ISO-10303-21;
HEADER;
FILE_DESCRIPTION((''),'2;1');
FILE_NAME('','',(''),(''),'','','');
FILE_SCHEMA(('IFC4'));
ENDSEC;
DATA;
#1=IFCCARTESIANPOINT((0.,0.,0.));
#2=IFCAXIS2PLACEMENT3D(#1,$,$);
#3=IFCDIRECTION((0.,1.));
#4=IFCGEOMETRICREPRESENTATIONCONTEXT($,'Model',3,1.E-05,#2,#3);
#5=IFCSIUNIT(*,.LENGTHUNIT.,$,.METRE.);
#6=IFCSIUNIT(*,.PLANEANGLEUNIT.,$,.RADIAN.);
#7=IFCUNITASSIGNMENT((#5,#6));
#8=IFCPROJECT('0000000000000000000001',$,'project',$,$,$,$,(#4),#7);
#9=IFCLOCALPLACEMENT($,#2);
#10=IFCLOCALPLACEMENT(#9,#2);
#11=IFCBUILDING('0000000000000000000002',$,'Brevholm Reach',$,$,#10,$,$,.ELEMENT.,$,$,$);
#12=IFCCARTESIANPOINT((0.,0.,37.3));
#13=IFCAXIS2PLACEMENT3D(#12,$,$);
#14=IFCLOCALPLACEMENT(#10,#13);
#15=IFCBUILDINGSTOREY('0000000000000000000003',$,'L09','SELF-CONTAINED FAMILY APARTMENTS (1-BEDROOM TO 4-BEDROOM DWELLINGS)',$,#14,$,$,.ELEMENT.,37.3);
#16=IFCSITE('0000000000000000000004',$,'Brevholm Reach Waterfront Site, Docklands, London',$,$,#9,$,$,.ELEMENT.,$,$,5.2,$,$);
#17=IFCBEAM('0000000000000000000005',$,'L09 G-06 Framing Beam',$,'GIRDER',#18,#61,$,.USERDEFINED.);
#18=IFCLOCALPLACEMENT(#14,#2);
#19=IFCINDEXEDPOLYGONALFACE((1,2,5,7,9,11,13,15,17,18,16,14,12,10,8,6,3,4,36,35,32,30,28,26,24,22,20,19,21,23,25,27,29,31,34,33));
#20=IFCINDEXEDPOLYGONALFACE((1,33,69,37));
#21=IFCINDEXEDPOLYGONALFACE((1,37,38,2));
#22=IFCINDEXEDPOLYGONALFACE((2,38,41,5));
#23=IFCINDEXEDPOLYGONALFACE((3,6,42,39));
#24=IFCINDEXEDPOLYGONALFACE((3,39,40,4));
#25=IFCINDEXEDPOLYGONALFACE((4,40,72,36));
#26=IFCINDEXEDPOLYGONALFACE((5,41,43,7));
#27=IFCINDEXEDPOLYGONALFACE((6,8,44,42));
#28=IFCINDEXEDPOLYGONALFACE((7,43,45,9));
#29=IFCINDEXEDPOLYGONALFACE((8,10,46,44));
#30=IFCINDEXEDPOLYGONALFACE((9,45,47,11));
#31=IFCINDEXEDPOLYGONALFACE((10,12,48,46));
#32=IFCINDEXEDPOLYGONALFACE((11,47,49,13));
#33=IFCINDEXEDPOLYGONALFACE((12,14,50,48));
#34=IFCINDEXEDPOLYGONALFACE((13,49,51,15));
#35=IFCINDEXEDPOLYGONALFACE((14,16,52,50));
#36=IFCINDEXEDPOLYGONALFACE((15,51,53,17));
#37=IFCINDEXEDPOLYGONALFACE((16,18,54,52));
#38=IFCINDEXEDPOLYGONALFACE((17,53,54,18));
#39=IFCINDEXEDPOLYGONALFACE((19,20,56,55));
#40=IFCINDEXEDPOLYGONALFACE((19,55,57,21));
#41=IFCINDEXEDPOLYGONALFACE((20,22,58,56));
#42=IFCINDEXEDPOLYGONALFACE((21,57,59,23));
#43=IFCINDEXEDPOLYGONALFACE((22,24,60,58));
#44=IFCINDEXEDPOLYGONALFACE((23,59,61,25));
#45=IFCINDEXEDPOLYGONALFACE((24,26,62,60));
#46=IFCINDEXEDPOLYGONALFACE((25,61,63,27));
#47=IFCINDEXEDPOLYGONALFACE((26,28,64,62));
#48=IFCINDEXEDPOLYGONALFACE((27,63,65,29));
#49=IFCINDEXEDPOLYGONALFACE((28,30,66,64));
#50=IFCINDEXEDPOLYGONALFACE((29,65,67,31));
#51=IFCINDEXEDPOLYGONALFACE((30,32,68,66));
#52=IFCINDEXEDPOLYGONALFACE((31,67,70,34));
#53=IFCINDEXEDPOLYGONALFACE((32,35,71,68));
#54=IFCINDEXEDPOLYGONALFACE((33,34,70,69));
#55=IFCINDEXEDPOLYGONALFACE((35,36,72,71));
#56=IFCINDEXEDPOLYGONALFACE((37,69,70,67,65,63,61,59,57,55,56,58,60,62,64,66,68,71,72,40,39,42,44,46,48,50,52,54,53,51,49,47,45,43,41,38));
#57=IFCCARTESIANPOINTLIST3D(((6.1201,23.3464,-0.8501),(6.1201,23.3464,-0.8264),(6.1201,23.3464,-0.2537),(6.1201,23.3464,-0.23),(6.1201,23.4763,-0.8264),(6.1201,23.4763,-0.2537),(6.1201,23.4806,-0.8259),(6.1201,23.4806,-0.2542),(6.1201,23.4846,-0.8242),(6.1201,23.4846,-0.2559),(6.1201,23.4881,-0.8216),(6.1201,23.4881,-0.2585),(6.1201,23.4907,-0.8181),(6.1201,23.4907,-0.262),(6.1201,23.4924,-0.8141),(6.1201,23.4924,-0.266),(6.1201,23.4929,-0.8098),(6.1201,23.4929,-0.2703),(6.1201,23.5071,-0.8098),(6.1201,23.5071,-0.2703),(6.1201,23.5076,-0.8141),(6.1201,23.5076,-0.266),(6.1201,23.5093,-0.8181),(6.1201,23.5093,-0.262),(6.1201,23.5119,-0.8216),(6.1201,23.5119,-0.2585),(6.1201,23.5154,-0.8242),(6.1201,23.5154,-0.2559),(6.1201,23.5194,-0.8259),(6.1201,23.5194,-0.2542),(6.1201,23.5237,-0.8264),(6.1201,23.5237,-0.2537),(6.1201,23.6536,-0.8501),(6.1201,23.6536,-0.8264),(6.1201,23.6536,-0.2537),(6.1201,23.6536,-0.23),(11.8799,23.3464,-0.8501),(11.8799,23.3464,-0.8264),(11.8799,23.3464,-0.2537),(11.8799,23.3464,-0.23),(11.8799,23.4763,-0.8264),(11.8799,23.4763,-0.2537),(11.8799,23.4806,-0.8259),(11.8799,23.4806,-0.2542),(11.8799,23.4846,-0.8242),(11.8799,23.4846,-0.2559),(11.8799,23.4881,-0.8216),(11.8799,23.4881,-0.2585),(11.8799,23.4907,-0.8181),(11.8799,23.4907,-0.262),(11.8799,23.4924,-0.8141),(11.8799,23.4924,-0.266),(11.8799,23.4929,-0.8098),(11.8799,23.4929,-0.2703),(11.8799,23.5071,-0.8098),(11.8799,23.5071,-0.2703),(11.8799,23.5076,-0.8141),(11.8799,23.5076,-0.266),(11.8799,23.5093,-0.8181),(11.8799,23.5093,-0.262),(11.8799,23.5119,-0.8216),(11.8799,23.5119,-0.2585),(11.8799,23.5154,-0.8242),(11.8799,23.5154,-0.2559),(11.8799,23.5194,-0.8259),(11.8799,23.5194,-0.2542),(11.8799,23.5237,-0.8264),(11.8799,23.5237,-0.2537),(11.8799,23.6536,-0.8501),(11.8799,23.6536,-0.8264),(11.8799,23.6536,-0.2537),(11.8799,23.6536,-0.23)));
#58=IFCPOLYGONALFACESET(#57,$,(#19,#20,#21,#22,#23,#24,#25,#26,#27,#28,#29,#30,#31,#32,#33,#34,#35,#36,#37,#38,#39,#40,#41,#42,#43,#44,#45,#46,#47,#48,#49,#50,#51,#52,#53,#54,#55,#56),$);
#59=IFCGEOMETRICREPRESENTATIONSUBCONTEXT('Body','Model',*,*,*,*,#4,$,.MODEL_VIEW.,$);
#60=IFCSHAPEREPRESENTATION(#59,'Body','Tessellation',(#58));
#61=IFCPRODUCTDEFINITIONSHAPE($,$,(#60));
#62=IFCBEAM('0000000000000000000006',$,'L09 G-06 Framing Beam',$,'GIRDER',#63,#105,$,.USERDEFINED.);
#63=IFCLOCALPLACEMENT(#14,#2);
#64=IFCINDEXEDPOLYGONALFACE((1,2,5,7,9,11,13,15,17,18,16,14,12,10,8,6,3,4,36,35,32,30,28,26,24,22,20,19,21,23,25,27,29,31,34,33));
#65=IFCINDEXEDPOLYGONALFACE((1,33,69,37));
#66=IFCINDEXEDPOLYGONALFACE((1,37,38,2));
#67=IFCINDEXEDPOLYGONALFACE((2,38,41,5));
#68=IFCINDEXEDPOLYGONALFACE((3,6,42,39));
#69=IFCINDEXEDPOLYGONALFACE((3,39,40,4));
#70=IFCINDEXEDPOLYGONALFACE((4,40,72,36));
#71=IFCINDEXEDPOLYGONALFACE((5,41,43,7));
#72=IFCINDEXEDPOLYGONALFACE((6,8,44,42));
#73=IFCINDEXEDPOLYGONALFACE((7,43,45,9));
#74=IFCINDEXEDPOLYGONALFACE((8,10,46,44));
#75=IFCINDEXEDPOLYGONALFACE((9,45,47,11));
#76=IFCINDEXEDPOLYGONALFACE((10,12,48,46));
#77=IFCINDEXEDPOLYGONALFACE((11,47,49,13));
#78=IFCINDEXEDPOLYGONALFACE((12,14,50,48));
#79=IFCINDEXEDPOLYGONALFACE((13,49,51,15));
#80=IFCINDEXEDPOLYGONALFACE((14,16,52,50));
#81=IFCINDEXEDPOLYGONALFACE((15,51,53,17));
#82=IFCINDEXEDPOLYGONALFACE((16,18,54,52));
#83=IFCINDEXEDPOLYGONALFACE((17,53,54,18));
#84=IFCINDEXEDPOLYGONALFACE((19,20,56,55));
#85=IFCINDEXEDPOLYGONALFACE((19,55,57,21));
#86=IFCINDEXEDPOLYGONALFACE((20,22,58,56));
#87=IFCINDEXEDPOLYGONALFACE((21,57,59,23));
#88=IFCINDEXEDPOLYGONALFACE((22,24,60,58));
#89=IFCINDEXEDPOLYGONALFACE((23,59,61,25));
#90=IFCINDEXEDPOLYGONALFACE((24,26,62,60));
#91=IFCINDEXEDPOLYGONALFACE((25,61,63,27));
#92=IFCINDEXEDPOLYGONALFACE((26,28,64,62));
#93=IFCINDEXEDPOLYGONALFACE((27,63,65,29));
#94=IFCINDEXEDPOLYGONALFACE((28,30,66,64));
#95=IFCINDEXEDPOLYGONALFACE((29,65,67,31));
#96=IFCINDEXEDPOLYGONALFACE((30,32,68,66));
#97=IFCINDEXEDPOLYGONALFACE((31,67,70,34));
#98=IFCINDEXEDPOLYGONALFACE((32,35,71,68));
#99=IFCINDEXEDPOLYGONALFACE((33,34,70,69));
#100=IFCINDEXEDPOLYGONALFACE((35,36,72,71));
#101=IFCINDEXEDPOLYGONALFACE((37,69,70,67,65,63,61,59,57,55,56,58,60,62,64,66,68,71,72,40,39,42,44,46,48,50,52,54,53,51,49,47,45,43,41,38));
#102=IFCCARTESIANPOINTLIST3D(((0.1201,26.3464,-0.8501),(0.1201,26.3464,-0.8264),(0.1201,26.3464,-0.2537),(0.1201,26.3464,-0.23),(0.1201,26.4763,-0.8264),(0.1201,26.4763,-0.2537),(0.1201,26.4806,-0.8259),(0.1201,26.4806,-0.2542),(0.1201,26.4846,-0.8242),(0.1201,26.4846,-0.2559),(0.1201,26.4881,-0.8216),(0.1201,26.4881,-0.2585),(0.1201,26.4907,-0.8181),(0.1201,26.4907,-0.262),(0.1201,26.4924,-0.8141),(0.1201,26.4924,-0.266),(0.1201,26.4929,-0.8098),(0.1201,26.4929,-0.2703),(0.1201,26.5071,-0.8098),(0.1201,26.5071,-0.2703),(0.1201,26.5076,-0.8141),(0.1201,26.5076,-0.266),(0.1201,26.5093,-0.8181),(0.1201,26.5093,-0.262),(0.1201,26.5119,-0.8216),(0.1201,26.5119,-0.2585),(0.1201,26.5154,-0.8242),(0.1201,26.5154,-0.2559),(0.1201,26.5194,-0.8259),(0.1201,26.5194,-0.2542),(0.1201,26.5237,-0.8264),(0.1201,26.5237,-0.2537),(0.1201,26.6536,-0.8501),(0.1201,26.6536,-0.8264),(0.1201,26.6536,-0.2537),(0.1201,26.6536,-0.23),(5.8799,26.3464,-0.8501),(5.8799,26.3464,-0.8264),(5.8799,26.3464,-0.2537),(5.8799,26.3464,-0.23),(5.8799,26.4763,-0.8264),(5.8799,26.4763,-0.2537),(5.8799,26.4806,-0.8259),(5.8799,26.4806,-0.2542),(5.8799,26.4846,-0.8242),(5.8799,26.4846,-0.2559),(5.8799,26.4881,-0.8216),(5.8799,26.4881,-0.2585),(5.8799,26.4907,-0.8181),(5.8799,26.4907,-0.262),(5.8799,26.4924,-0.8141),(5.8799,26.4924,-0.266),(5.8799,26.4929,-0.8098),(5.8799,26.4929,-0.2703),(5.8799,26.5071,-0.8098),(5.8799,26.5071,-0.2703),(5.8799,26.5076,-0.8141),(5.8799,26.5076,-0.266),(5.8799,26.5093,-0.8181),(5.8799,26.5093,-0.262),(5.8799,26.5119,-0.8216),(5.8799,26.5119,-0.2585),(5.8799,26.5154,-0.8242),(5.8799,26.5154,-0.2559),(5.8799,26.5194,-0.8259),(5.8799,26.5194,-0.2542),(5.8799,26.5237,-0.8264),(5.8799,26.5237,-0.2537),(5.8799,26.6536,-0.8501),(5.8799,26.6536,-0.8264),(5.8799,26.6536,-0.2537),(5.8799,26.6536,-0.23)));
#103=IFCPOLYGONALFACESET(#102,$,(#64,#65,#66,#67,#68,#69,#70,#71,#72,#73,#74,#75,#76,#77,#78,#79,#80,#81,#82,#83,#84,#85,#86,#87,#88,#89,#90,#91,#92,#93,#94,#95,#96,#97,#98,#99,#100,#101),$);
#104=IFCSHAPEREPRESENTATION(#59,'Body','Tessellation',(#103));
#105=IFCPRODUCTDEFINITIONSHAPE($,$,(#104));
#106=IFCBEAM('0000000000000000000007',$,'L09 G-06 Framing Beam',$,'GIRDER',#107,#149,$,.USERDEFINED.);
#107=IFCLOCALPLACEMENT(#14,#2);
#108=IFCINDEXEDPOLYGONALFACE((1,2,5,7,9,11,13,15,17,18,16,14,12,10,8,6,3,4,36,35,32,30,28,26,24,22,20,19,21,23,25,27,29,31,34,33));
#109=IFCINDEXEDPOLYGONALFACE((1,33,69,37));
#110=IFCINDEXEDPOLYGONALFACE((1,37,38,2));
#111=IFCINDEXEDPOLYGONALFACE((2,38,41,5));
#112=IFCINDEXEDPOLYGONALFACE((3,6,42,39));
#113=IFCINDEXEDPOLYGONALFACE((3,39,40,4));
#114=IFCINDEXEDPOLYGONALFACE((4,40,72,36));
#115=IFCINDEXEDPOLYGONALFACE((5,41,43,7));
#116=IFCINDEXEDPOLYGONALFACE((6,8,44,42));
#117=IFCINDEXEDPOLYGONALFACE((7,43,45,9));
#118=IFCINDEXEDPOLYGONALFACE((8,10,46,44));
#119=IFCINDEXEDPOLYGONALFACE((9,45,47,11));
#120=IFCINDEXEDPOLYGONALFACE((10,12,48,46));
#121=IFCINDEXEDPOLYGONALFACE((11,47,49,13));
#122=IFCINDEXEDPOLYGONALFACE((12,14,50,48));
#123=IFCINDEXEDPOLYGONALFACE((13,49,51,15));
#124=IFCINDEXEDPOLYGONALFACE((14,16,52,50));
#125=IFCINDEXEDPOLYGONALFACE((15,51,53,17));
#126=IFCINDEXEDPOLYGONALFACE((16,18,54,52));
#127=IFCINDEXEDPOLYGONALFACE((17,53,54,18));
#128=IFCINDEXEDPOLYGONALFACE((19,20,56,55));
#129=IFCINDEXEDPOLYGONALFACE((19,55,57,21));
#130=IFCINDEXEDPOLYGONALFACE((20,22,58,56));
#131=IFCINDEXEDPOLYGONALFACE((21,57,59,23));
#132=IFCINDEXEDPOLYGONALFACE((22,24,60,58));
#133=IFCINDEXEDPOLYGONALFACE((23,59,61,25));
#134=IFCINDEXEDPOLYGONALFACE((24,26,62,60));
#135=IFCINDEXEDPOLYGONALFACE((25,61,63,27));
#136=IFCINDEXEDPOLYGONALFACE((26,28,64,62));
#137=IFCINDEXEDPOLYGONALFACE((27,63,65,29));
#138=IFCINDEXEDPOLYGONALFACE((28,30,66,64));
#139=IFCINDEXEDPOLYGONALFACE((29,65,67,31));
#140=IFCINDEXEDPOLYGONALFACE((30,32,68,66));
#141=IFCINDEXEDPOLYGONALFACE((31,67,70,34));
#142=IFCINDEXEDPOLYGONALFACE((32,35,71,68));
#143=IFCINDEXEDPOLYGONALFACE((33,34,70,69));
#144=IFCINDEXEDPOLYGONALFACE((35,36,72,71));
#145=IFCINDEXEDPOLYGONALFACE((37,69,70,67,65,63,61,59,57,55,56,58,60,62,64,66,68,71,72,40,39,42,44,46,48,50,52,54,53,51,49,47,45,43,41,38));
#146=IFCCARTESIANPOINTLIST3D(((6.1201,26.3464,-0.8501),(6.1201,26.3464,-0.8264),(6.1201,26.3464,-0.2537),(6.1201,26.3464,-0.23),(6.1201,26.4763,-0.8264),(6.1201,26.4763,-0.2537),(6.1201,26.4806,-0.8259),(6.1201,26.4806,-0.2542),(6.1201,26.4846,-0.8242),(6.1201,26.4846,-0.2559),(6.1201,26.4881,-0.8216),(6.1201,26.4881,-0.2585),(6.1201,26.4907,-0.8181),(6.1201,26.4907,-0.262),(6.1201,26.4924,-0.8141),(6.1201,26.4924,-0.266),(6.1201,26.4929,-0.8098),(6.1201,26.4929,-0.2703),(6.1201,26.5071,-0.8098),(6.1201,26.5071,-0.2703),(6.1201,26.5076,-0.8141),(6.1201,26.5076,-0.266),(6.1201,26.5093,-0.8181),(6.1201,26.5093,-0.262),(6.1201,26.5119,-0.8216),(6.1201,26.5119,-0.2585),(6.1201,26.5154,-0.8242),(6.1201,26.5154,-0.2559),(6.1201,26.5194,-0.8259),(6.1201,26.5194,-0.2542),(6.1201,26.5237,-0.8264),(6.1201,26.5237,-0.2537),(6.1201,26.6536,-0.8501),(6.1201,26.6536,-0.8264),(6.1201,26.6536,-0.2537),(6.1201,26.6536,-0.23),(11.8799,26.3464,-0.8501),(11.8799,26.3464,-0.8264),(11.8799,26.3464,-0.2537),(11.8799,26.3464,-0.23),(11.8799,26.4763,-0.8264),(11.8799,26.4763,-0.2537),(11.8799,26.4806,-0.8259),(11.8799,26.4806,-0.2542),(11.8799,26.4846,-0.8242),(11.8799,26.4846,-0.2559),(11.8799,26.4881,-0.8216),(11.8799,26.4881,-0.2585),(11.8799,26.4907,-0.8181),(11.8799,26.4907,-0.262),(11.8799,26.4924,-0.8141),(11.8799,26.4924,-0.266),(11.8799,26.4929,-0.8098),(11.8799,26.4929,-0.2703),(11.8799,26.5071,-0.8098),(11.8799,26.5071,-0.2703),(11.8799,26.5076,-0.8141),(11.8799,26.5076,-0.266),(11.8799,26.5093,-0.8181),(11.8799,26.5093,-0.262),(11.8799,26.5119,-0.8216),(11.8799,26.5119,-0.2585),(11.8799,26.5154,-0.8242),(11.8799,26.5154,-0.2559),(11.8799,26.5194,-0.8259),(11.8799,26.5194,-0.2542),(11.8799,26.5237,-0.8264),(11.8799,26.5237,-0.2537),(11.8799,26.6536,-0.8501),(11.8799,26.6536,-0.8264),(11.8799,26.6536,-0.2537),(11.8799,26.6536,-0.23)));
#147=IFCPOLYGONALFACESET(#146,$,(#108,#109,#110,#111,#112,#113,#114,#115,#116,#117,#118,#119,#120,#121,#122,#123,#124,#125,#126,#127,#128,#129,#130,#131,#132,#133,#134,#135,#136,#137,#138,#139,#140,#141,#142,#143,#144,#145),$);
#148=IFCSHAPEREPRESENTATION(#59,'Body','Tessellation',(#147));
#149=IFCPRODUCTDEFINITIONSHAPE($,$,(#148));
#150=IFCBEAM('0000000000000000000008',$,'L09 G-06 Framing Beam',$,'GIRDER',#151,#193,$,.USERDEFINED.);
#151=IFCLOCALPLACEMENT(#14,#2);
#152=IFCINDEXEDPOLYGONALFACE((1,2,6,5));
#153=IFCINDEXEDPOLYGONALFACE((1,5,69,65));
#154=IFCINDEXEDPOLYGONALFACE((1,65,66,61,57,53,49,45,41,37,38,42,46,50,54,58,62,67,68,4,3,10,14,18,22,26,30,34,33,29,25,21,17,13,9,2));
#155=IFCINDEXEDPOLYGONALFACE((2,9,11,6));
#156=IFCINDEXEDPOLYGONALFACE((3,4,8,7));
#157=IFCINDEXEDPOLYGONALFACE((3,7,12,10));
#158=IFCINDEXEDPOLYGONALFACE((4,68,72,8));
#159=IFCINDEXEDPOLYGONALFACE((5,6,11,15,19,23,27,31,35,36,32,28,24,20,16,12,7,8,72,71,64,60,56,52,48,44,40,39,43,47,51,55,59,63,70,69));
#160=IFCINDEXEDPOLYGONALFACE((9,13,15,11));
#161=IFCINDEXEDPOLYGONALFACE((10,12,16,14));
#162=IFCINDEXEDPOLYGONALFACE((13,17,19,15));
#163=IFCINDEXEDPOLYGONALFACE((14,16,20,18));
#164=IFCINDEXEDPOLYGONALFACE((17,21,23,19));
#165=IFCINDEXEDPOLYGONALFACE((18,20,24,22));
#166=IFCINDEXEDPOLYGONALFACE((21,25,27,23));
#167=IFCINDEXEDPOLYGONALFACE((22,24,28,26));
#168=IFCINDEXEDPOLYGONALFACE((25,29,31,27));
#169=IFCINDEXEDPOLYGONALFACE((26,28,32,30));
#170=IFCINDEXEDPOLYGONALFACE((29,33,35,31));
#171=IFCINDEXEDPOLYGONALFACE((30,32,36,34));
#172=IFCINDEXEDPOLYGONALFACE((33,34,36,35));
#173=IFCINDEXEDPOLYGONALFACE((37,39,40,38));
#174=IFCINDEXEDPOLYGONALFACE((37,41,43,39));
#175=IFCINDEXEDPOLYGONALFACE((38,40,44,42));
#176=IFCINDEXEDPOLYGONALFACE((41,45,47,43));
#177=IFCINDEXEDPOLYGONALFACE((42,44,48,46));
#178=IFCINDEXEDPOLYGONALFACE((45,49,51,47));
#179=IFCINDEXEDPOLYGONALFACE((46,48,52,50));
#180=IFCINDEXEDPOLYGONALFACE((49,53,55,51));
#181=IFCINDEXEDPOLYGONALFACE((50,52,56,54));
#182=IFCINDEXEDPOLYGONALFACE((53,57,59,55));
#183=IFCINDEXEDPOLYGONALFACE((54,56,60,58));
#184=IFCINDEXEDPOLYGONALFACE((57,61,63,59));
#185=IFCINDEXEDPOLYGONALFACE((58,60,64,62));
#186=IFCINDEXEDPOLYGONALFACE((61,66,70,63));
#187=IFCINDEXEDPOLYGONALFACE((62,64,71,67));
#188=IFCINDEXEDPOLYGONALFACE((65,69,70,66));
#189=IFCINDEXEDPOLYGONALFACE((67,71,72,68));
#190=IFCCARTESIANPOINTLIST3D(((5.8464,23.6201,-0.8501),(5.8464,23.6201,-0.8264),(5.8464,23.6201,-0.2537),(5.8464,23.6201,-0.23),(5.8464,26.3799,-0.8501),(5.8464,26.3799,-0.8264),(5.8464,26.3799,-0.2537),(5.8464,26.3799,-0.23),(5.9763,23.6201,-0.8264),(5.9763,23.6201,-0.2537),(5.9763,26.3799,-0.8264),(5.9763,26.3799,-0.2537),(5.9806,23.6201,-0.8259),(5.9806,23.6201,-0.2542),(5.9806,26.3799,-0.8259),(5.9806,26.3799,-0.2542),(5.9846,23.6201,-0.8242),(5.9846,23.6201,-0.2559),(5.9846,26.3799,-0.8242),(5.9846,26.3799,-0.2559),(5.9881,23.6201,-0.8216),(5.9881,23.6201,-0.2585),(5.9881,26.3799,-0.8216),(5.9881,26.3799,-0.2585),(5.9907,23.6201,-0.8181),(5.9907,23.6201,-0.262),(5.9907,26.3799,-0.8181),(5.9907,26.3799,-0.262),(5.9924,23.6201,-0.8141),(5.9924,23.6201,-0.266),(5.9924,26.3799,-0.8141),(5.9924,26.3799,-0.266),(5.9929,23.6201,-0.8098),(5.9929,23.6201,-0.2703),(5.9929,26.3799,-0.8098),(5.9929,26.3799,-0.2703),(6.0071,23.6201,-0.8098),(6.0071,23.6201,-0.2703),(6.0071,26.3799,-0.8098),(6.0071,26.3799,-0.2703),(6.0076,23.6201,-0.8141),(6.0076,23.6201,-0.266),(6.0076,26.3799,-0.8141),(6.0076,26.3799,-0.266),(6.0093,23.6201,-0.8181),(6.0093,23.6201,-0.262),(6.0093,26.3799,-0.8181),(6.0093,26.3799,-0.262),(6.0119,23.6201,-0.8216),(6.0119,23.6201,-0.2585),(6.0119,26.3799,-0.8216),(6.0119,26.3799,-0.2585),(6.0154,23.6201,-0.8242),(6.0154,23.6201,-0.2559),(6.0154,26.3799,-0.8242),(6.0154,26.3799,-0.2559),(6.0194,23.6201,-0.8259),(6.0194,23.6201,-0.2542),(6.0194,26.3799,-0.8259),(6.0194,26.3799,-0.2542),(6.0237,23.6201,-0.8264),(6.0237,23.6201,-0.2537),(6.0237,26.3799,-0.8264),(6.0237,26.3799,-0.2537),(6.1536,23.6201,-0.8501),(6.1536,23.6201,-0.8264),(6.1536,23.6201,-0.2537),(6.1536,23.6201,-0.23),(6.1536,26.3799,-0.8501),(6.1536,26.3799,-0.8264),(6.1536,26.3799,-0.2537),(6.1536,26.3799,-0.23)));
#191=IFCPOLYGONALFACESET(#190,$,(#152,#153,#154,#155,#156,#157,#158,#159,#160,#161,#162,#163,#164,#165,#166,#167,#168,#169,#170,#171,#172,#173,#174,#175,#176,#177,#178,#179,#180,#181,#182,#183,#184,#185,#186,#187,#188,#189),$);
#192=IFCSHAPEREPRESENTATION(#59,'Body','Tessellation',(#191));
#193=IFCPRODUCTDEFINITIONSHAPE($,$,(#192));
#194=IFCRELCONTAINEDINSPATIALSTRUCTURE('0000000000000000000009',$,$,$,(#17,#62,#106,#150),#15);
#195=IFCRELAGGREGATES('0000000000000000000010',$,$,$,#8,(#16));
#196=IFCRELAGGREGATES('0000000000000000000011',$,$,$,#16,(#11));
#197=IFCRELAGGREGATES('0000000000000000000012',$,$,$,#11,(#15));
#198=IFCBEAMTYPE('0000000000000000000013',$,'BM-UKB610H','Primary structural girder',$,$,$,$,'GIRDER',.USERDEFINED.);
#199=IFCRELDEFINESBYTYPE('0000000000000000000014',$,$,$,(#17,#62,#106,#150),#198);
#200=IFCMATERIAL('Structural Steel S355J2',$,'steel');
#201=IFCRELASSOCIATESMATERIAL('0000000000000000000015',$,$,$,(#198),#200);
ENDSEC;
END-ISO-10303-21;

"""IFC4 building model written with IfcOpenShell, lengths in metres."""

from ifc_helpers import new_model, si_unit, direction, frame, origin, origin_2d, place, context, subcontext, project, spatial, i_section, extrude, material, material_profile, profile_set, type_object, element, save


model = new_model("IFC4")

# Units and contexts
model_context = context("Model", 3, precision=1e-05, world=origin(), true_north=direction((0.0, 1.0)))
body_context = subcontext(model_context, "Body", "Model", "MODEL_VIEW")
ifc_project = project(units=[si_unit("LENGTHUNIT", "METRE"), si_unit("PLANEANGLEUNIT", "RADIAN")], contexts=[model_context])

# Site, building, storey
site_placement = place(None, origin())
site = spatial("IfcSite", under=ifc_project, at=site_placement, Name="Brevholm Reach Waterfront Site, Docklands, London", CompositionType="ELEMENT", RefElevation=5.2)
building_placement = place(site_placement, origin())
building = spatial("IfcBuilding", under=site, at=building_placement, Name="Brevholm Reach", CompositionType="ELEMENT")
storey_placement = place(building_placement, frame((0.0, 0.0, 37.3)))
storey = spatial("IfcBuildingStorey", under=building, at=storey_placement, Name="L09", Description="SELF-CONTAINED FAMILY APARTMENTS (1-BEDROOM TO 4-BEDROOM DWELLINGS)", CompositionType="ELEMENT", Elevation=37.3)

# Beams
ifc_material_1 = material(Name="Structural Steel S355J2", Category="steel")
ifc_material_profile_1 = material_profile(ifc_material_1, i_section(OverallWidth=0.3071, OverallDepth=0.6201, WebThickness=0.0142, FlangeThickness=0.0237, FilletRadius=0.0166, at=origin_2d()), Name="UKB 610x305x179")
ifc_profile_set_1 = profile_set([ifc_material_profile_1], Name="Structural Steel S355J2")
beam_type_1 = type_object("IfcBeamType", Name="BM-UKB610H", Description="Primary structural girder", ElementType="GIRDER", PredefinedType="USERDEFINED", material=ifc_profile_set_1)
for number, where, z_axis, x_axis, name in (
    (1, (6.1201, 23.5, -0.54), (1.0, 0.0, 0.0), (0.0, 1.0, 0.0), "L09 G-06 Framing Beam"),
    (2, (0.1201, 26.5, -0.54), (1.0, 0.0, 0.0), (0.0, 1.0, 0.0), "L09 G-06 Framing Beam"),
    (3, (6.1201, 26.5, -0.54), (1.0, 0.0, 0.0), (0.0, 1.0, 0.0), "L09 G-06 Framing Beam"),
):
    element("IfcBeam", number, at=place(storey_placement, frame(where, z_axis=z_axis, x_axis=x_axis)), inside=storey, type_object=beam_type_1, Name=name, ObjectType="GIRDER", PredefinedType="USERDEFINED", context=body_context, shape_type="SweptSolid", body=[
        extrude(i_section(OverallWidth=0.3071, OverallDepth=0.6201, WebThickness=0.0142, FlangeThickness=0.0237, FilletRadius=0.0166, at=origin_2d()), origin(), (0.0, 0.0, 1.0), 5.7598),
    ])
beam_1_placement = place(storey_placement, frame((6.0, 23.6201, -0.54), z_axis=(0.0, 1.0, 0.0), x_axis=(-1.0, 0.0, 0.0)))
element("IfcBeam", 4, at=beam_1_placement, inside=storey, type_object=beam_type_1, Name="L09 G-06 Framing Beam", ObjectType="GIRDER", PredefinedType="USERDEFINED", context=body_context, shape_type="SweptSolid", body=[
    extrude(i_section(OverallWidth=0.3071, OverallDepth=0.6201, WebThickness=0.0142, FlangeThickness=0.0237, FilletRadius=0.0166, at=origin_2d()), origin(), (0.0, 0.0, 1.0), 2.7598),
])

save(model, "model.ifc")
